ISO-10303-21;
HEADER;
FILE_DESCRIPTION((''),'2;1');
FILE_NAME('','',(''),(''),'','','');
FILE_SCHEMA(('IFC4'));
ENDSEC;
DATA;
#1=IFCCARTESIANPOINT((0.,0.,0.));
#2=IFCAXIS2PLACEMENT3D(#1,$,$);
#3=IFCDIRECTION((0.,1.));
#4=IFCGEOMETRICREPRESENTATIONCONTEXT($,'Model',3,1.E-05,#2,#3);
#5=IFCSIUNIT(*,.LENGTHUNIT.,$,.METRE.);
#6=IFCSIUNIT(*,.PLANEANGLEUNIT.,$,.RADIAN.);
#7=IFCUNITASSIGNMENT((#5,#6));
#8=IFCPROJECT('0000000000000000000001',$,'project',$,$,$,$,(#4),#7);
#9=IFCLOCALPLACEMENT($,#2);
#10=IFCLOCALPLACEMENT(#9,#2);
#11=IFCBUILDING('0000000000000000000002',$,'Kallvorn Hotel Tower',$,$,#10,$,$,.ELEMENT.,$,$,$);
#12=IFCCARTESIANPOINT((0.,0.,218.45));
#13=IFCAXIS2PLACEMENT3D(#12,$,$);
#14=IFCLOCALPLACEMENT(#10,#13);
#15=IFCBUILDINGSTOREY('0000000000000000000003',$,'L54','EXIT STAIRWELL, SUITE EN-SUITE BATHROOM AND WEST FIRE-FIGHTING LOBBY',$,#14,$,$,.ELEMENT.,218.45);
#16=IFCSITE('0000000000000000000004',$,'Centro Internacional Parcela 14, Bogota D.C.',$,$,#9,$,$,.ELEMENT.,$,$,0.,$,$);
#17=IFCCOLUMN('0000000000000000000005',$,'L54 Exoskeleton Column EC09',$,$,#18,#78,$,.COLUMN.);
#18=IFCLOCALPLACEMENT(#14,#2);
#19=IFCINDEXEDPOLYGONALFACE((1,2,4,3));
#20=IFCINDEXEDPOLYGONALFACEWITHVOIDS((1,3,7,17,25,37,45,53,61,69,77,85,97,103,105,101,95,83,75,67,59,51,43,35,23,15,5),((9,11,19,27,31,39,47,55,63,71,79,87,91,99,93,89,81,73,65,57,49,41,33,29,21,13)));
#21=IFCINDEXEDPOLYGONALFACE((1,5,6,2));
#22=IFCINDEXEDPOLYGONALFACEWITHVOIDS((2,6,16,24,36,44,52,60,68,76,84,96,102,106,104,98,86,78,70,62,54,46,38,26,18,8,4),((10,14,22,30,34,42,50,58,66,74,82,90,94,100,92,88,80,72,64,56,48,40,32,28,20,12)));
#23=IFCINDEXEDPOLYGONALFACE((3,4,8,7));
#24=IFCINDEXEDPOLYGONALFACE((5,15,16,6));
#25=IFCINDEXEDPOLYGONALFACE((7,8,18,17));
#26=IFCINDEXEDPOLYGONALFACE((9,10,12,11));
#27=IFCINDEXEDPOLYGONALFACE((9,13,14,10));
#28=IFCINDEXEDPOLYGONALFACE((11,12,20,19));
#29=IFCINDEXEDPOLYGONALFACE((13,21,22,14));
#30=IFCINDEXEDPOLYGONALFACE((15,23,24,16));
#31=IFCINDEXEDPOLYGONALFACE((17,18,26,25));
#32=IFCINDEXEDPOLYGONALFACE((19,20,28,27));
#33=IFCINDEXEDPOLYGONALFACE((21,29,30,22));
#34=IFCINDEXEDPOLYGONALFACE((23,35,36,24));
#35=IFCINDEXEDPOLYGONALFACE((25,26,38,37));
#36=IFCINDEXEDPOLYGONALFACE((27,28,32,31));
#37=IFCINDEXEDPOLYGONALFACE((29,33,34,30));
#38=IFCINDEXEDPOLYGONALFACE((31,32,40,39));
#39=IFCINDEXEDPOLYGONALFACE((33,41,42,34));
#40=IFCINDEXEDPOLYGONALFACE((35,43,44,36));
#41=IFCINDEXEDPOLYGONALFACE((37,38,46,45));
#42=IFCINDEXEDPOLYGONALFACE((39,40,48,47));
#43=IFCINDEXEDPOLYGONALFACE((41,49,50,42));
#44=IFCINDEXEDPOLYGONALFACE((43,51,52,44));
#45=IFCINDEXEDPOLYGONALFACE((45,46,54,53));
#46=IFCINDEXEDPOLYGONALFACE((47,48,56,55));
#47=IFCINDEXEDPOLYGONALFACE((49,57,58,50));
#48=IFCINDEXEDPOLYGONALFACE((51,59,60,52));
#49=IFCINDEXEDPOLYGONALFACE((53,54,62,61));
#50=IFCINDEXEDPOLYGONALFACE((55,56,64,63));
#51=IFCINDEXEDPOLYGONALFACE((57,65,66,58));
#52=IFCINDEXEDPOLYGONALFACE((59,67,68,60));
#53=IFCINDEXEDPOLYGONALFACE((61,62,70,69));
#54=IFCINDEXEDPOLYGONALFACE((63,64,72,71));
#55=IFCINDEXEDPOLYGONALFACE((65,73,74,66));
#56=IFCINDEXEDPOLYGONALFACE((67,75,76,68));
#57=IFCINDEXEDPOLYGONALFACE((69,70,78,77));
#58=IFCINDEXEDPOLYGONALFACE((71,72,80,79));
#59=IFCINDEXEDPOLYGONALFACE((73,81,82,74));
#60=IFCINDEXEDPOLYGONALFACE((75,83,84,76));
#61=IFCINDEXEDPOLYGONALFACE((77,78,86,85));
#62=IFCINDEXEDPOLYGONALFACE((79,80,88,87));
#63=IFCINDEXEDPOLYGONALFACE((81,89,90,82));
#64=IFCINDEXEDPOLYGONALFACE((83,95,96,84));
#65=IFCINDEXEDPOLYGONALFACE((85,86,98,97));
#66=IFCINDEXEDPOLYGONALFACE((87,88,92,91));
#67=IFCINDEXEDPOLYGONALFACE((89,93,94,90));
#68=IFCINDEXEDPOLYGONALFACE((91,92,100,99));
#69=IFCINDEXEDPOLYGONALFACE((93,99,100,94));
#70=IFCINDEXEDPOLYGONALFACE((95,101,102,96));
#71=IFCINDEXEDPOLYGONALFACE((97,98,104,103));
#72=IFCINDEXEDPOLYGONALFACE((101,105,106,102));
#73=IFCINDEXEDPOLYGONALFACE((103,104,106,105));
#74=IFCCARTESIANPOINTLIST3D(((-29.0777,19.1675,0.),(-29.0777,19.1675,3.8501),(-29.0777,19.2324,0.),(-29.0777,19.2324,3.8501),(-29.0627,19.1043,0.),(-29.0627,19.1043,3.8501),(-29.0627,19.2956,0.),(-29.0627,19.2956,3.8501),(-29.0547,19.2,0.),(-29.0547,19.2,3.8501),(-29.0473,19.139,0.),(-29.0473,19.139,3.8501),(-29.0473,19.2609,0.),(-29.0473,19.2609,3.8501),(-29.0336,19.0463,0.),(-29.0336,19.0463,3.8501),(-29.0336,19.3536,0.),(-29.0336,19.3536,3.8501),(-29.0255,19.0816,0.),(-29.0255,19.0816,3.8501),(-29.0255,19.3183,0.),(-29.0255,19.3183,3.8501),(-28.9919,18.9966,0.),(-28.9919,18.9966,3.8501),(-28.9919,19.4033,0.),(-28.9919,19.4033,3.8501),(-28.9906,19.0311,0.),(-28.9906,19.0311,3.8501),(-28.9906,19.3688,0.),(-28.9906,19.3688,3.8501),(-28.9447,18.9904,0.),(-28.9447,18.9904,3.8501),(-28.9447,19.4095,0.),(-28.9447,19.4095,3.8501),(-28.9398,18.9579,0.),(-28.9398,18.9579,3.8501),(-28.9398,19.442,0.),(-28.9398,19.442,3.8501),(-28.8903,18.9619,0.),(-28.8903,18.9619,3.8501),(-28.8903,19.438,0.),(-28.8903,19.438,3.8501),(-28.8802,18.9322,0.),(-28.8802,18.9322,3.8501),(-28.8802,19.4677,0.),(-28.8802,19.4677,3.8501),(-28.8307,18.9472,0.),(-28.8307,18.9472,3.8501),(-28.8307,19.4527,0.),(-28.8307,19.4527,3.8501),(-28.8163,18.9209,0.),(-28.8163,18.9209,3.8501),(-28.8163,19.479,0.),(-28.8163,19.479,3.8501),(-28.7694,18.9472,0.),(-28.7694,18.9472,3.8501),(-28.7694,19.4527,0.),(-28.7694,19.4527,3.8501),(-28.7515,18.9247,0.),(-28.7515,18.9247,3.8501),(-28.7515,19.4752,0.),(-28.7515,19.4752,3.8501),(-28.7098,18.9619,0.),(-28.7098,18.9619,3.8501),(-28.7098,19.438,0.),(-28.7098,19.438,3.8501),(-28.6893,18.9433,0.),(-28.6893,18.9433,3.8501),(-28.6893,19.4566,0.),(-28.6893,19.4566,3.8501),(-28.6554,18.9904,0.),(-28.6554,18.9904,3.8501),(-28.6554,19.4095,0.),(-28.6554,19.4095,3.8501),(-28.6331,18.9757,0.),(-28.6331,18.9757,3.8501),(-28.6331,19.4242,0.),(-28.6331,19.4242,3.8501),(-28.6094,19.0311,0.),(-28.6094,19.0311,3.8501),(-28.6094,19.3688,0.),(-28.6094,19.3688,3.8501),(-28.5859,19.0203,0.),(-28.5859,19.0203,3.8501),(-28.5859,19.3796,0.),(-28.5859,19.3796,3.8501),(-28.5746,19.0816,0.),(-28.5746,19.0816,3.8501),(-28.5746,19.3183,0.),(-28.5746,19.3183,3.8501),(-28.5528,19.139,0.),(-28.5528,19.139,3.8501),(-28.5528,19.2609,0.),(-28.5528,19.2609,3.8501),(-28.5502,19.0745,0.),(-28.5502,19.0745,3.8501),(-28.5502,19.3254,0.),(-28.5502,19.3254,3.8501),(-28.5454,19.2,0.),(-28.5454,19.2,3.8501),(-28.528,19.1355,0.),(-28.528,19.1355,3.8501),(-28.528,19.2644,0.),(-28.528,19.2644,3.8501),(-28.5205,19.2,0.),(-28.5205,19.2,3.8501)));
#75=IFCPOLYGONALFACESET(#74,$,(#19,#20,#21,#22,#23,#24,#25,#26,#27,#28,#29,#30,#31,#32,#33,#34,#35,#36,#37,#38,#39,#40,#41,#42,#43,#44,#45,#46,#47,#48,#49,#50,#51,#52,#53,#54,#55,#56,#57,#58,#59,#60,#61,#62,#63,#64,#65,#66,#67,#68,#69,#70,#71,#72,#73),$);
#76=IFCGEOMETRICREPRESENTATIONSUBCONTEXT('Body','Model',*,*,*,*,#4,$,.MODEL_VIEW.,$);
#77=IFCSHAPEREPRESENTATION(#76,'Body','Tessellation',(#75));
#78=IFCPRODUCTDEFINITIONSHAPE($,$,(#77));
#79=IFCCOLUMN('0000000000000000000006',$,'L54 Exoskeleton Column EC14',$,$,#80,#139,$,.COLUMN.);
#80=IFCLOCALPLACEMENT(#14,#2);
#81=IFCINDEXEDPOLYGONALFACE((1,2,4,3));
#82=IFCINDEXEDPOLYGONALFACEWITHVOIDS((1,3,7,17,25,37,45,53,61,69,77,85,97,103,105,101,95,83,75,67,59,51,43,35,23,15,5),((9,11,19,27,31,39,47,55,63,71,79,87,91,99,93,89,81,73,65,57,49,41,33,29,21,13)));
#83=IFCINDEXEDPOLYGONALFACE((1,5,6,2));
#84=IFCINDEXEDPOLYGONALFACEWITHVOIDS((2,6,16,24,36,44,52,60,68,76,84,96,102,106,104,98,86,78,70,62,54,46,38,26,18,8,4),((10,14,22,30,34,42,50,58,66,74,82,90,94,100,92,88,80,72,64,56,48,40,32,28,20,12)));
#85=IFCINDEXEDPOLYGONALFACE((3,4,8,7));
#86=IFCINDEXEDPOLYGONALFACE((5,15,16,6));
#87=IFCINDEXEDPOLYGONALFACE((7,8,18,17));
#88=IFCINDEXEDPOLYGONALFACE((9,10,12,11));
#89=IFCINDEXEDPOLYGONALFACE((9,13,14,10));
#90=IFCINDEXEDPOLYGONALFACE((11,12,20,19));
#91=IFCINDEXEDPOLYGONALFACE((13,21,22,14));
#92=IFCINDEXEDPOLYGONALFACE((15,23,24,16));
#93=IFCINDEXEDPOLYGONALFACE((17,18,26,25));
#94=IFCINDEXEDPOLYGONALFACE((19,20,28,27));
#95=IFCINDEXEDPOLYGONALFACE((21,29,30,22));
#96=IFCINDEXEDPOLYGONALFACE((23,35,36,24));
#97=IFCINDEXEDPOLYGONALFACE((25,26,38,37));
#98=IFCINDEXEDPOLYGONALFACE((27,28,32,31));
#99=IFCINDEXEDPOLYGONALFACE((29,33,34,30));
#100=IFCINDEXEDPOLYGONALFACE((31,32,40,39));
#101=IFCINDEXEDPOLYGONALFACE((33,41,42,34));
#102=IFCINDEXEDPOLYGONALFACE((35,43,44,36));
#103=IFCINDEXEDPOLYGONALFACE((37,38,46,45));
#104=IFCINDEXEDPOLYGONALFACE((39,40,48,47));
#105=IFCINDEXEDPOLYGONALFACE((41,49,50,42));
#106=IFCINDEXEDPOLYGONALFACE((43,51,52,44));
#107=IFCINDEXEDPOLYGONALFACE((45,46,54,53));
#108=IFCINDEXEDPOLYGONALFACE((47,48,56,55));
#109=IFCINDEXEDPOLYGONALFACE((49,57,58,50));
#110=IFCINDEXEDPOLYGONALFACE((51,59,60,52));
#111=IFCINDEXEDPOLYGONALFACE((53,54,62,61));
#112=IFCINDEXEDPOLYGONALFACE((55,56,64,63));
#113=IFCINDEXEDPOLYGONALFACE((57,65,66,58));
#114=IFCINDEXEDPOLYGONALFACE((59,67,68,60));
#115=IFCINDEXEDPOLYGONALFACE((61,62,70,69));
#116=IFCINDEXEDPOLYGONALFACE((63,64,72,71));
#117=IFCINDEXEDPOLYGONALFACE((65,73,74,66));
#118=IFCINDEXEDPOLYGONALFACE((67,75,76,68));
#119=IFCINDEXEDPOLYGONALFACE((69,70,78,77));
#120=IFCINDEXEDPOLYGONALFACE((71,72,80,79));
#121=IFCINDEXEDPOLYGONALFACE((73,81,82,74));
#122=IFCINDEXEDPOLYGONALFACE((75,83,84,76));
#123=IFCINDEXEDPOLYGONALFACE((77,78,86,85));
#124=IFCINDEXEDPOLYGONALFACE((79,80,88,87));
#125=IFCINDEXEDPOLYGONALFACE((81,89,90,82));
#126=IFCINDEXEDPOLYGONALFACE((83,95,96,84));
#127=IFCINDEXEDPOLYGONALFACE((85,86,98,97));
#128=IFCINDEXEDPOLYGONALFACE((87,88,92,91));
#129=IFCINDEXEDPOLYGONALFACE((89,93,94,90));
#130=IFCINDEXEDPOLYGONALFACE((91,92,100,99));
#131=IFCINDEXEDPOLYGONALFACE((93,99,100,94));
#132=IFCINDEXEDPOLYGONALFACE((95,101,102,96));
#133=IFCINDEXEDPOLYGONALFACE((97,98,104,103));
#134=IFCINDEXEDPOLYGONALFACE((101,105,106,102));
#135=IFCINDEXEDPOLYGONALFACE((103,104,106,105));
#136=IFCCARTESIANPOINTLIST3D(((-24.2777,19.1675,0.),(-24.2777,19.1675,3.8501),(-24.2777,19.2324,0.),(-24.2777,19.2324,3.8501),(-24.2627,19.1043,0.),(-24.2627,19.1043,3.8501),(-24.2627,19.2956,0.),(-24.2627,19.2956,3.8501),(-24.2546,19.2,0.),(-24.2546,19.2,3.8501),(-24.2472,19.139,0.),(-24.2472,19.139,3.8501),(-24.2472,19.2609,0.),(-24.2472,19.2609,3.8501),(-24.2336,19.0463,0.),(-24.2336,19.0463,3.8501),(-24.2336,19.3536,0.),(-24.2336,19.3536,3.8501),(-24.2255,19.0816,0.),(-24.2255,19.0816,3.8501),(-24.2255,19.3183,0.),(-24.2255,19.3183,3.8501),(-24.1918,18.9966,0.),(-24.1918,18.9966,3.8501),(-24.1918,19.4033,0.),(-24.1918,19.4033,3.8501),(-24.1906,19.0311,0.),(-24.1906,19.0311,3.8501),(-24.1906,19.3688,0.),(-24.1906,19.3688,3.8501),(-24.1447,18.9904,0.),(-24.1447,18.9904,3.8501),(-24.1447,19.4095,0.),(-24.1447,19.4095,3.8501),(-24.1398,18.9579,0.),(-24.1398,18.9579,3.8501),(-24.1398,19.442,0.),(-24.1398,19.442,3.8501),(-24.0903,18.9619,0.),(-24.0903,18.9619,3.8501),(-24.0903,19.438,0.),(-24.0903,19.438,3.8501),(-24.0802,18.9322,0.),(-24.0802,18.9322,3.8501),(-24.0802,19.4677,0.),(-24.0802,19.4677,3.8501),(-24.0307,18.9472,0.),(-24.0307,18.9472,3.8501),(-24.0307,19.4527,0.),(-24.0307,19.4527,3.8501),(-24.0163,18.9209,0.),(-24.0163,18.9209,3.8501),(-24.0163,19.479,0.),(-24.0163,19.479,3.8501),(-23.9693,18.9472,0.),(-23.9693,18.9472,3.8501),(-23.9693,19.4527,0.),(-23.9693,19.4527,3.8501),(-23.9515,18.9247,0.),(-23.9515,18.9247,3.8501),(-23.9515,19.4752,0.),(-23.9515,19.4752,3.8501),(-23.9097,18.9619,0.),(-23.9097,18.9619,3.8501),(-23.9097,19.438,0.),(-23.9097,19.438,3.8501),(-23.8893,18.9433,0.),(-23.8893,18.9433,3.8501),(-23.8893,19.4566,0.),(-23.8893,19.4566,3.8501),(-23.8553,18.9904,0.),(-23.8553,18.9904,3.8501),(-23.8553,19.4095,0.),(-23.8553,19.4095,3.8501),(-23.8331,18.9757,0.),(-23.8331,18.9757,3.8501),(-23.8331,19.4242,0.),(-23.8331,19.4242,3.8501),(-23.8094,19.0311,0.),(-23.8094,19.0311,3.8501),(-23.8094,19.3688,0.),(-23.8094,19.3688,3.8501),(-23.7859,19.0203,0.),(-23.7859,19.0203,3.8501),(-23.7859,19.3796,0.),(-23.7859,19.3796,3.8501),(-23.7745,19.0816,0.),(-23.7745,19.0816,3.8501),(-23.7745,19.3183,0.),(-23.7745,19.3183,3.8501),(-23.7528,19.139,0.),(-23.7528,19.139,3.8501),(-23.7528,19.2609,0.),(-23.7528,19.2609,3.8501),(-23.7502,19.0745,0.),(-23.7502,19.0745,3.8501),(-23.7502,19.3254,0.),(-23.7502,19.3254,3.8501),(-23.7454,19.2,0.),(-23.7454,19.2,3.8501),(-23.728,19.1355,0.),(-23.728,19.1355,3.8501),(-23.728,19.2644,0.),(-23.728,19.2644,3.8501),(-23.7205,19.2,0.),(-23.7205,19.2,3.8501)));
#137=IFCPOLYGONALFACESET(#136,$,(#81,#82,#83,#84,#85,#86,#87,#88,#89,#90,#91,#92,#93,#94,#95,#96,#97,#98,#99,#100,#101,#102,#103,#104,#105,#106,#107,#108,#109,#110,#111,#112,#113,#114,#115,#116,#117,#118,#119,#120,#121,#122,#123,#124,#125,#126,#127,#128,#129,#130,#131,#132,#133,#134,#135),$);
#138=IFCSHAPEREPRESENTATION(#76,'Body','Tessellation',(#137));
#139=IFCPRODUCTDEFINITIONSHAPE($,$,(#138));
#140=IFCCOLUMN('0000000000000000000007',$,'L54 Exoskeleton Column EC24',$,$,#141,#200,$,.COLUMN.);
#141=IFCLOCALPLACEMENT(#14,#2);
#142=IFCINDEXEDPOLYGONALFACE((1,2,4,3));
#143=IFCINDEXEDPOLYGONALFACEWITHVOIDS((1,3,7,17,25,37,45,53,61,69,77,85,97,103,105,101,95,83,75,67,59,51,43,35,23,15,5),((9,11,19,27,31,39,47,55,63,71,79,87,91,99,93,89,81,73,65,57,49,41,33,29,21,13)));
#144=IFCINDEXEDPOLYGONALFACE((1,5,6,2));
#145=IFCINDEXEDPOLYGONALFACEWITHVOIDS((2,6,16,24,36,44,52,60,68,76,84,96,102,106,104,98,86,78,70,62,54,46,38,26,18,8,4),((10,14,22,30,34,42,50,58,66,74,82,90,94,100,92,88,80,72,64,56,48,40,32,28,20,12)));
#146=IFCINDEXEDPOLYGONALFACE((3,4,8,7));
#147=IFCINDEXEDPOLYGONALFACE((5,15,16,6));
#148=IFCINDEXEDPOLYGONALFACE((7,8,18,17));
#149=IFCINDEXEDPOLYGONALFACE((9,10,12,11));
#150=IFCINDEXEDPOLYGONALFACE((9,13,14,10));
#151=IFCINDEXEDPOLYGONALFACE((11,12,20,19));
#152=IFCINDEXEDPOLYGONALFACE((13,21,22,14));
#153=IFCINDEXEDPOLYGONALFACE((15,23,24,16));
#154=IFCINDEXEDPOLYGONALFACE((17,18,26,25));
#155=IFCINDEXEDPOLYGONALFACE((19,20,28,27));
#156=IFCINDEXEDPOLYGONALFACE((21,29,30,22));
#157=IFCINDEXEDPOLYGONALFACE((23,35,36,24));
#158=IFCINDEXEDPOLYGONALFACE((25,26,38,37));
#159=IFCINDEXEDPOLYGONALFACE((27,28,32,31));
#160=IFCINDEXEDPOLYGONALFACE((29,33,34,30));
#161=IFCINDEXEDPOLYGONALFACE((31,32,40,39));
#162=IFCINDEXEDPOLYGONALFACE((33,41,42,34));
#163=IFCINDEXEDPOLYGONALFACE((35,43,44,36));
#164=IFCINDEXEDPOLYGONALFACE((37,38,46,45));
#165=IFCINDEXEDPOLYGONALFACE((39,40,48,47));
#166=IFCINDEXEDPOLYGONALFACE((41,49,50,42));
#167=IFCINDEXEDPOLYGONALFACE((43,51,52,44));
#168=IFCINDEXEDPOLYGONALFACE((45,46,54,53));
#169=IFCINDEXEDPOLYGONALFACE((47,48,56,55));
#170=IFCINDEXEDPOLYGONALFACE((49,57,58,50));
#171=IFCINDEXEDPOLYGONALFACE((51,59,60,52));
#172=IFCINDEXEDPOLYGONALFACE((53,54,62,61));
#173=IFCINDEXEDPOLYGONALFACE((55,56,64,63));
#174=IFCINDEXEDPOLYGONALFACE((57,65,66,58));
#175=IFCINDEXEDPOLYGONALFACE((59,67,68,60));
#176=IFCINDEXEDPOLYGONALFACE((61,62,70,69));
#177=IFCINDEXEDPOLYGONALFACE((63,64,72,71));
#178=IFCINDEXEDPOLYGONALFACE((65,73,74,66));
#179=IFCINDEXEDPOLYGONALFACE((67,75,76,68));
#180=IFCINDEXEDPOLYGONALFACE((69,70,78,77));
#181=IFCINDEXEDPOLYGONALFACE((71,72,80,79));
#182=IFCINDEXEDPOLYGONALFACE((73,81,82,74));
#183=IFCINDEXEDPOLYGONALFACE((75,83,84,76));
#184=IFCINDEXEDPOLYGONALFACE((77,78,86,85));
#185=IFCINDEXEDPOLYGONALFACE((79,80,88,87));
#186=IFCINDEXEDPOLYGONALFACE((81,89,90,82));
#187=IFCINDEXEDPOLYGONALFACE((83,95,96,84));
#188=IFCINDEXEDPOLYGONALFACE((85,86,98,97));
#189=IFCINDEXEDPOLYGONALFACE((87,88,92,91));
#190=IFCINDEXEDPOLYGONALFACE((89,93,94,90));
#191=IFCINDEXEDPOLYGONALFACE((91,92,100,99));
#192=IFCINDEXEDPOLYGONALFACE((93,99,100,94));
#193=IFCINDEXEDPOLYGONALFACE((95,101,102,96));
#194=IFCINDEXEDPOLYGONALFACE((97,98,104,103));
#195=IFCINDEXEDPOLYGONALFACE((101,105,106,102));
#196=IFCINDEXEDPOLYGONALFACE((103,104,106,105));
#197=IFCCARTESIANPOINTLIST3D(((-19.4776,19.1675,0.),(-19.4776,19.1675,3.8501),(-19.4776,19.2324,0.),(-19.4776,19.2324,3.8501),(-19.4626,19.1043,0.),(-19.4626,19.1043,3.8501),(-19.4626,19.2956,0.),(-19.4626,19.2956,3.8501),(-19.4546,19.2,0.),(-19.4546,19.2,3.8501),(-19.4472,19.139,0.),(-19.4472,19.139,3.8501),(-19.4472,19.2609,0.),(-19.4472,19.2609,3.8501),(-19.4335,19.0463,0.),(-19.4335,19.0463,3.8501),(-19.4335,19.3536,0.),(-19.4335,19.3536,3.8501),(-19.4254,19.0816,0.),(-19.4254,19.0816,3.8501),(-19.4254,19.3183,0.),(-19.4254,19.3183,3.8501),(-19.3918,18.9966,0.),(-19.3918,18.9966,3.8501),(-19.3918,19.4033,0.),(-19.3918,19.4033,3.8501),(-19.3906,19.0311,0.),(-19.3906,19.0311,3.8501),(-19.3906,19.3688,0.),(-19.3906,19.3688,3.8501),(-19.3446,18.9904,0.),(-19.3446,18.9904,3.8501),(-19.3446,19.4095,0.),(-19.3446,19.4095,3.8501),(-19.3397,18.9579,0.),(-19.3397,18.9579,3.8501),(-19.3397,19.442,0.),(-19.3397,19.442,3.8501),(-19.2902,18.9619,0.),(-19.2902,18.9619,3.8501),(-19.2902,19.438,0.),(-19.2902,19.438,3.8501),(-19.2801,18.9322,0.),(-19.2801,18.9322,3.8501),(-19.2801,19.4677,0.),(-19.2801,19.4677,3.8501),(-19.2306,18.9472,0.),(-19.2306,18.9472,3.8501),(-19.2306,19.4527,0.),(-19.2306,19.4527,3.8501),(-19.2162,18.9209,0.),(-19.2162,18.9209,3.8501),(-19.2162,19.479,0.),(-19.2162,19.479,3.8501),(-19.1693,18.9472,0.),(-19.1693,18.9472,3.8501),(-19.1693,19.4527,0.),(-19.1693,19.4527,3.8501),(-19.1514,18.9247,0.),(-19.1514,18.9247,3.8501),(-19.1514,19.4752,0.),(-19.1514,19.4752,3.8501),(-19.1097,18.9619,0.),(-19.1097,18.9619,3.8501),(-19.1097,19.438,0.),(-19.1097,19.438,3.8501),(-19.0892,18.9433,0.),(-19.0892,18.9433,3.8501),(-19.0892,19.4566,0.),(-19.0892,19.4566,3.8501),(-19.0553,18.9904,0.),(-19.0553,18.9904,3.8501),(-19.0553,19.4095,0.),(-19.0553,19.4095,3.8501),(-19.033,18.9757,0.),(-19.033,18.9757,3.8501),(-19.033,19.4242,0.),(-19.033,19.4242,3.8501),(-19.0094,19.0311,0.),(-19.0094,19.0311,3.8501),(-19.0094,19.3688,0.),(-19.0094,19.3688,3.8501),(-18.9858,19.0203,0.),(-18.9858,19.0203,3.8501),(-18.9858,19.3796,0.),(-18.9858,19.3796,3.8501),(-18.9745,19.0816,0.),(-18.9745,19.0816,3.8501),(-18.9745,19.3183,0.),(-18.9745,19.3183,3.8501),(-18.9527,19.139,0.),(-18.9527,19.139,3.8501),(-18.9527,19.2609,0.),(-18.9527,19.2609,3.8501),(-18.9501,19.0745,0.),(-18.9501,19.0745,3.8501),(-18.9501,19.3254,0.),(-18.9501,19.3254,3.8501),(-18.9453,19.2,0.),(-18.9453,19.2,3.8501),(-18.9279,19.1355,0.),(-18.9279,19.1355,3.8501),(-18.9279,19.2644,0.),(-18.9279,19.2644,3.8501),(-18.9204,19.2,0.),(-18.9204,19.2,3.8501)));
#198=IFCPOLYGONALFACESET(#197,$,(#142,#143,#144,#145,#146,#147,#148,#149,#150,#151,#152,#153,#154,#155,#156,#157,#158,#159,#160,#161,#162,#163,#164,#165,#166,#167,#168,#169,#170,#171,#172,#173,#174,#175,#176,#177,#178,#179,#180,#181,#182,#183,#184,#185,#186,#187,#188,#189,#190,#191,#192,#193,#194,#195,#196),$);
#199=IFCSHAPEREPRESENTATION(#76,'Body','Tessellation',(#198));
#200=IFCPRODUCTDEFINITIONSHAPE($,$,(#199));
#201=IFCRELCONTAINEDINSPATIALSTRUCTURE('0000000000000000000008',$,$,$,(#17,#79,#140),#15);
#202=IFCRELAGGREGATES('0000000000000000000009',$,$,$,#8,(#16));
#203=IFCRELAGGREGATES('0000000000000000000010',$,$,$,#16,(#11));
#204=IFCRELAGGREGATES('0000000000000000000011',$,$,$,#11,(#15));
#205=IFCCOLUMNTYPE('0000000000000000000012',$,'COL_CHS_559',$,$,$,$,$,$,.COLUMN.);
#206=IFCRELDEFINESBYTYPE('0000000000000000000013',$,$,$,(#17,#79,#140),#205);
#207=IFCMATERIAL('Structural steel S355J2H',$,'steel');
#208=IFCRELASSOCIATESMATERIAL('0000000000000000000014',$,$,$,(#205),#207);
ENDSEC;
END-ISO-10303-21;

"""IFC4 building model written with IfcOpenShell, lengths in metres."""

from ifc_helpers import new_model, si_unit, direction, frame, origin, origin_2d, place, context, subcontext, project, spatial, hollow_circle, extrude, material, material_profile, profile_set, type_object, element, save


model = new_model("IFC4")

# Units and contexts
model_context = context("Model", 3, precision=1e-05, world=origin(), true_north=direction((0.0, 1.0)))
body_context = subcontext(model_context, "Body", "Model", "MODEL_VIEW")
ifc_project = project(units=[si_unit("LENGTHUNIT", "METRE"), si_unit("PLANEANGLEUNIT", "RADIAN")], contexts=[model_context])

# Site, building, storey
site_placement = place(None, origin())
site = spatial("IfcSite", under=ifc_project, at=site_placement, Name="Centro Internacional Parcela 14, Bogota D.C.", CompositionType="ELEMENT", RefElevation=0.0)
building_placement = place(site_placement, origin())
building = spatial("IfcBuilding", under=site, at=building_placement, Name="Kallvorn Hotel Tower", CompositionType="ELEMENT")
storey_placement = place(building_placement, frame((0.0, 0.0, 218.45)))
storey = spatial("IfcBuildingStorey", under=building, at=storey_placement, Name="L54", Description="EXIT STAIRWELL, SUITE EN-SUITE BATHROOM AND WEST FIRE-FIGHTING LOBBY", CompositionType="ELEMENT", Elevation=218.45)

# Columns
ifc_material_1 = material(Name="Structural steel S355J2H", Category="steel")
ifc_material_profile_1 = material_profile(ifc_material_1, hollow_circle(Radius=0.2795, WallThickness=0.0249, at=origin_2d()), Name="CHS 559x25")
ifc_profile_set_1 = profile_set([ifc_material_profile_1], Name="Structural steel S355J2H")
column_type_1 = type_object("IfcColumnType", Name="COL_CHS_559", PredefinedType="COLUMN", material=ifc_profile_set_1)
for number, where, z_axis, x_axis, name in (
    (1, (-28.8, 19.2, 0.0), (0.0, 0.0, 1.0), (1.0, 0.0, 0.0), "L54 Exoskeleton Column EC09"),
    (2, (-24.0, 19.2, 0.0), (0.0, 0.0, 1.0), (1.0, 0.0, 0.0), "L54 Exoskeleton Column EC14"),
    (3, (-19.2, 19.2, 0.0), (0.0, 0.0, 1.0), (1.0, 0.0, 0.0), "L54 Exoskeleton Column EC24"),
):
    element("IfcColumn", number, at=place(storey_placement, frame(where, z_axis=z_axis, x_axis=x_axis)), inside=storey, type_object=column_type_1, Name=name, PredefinedType="COLUMN", context=body_context, shape_type="SweptSolid", body=[
        extrude(hollow_circle(Radius=0.2795, WallThickness=0.0249, at=origin_2d()), origin(), (0.0, 0.0, 1.0), 3.8501),
    ])

save(model, "model.ifc")
